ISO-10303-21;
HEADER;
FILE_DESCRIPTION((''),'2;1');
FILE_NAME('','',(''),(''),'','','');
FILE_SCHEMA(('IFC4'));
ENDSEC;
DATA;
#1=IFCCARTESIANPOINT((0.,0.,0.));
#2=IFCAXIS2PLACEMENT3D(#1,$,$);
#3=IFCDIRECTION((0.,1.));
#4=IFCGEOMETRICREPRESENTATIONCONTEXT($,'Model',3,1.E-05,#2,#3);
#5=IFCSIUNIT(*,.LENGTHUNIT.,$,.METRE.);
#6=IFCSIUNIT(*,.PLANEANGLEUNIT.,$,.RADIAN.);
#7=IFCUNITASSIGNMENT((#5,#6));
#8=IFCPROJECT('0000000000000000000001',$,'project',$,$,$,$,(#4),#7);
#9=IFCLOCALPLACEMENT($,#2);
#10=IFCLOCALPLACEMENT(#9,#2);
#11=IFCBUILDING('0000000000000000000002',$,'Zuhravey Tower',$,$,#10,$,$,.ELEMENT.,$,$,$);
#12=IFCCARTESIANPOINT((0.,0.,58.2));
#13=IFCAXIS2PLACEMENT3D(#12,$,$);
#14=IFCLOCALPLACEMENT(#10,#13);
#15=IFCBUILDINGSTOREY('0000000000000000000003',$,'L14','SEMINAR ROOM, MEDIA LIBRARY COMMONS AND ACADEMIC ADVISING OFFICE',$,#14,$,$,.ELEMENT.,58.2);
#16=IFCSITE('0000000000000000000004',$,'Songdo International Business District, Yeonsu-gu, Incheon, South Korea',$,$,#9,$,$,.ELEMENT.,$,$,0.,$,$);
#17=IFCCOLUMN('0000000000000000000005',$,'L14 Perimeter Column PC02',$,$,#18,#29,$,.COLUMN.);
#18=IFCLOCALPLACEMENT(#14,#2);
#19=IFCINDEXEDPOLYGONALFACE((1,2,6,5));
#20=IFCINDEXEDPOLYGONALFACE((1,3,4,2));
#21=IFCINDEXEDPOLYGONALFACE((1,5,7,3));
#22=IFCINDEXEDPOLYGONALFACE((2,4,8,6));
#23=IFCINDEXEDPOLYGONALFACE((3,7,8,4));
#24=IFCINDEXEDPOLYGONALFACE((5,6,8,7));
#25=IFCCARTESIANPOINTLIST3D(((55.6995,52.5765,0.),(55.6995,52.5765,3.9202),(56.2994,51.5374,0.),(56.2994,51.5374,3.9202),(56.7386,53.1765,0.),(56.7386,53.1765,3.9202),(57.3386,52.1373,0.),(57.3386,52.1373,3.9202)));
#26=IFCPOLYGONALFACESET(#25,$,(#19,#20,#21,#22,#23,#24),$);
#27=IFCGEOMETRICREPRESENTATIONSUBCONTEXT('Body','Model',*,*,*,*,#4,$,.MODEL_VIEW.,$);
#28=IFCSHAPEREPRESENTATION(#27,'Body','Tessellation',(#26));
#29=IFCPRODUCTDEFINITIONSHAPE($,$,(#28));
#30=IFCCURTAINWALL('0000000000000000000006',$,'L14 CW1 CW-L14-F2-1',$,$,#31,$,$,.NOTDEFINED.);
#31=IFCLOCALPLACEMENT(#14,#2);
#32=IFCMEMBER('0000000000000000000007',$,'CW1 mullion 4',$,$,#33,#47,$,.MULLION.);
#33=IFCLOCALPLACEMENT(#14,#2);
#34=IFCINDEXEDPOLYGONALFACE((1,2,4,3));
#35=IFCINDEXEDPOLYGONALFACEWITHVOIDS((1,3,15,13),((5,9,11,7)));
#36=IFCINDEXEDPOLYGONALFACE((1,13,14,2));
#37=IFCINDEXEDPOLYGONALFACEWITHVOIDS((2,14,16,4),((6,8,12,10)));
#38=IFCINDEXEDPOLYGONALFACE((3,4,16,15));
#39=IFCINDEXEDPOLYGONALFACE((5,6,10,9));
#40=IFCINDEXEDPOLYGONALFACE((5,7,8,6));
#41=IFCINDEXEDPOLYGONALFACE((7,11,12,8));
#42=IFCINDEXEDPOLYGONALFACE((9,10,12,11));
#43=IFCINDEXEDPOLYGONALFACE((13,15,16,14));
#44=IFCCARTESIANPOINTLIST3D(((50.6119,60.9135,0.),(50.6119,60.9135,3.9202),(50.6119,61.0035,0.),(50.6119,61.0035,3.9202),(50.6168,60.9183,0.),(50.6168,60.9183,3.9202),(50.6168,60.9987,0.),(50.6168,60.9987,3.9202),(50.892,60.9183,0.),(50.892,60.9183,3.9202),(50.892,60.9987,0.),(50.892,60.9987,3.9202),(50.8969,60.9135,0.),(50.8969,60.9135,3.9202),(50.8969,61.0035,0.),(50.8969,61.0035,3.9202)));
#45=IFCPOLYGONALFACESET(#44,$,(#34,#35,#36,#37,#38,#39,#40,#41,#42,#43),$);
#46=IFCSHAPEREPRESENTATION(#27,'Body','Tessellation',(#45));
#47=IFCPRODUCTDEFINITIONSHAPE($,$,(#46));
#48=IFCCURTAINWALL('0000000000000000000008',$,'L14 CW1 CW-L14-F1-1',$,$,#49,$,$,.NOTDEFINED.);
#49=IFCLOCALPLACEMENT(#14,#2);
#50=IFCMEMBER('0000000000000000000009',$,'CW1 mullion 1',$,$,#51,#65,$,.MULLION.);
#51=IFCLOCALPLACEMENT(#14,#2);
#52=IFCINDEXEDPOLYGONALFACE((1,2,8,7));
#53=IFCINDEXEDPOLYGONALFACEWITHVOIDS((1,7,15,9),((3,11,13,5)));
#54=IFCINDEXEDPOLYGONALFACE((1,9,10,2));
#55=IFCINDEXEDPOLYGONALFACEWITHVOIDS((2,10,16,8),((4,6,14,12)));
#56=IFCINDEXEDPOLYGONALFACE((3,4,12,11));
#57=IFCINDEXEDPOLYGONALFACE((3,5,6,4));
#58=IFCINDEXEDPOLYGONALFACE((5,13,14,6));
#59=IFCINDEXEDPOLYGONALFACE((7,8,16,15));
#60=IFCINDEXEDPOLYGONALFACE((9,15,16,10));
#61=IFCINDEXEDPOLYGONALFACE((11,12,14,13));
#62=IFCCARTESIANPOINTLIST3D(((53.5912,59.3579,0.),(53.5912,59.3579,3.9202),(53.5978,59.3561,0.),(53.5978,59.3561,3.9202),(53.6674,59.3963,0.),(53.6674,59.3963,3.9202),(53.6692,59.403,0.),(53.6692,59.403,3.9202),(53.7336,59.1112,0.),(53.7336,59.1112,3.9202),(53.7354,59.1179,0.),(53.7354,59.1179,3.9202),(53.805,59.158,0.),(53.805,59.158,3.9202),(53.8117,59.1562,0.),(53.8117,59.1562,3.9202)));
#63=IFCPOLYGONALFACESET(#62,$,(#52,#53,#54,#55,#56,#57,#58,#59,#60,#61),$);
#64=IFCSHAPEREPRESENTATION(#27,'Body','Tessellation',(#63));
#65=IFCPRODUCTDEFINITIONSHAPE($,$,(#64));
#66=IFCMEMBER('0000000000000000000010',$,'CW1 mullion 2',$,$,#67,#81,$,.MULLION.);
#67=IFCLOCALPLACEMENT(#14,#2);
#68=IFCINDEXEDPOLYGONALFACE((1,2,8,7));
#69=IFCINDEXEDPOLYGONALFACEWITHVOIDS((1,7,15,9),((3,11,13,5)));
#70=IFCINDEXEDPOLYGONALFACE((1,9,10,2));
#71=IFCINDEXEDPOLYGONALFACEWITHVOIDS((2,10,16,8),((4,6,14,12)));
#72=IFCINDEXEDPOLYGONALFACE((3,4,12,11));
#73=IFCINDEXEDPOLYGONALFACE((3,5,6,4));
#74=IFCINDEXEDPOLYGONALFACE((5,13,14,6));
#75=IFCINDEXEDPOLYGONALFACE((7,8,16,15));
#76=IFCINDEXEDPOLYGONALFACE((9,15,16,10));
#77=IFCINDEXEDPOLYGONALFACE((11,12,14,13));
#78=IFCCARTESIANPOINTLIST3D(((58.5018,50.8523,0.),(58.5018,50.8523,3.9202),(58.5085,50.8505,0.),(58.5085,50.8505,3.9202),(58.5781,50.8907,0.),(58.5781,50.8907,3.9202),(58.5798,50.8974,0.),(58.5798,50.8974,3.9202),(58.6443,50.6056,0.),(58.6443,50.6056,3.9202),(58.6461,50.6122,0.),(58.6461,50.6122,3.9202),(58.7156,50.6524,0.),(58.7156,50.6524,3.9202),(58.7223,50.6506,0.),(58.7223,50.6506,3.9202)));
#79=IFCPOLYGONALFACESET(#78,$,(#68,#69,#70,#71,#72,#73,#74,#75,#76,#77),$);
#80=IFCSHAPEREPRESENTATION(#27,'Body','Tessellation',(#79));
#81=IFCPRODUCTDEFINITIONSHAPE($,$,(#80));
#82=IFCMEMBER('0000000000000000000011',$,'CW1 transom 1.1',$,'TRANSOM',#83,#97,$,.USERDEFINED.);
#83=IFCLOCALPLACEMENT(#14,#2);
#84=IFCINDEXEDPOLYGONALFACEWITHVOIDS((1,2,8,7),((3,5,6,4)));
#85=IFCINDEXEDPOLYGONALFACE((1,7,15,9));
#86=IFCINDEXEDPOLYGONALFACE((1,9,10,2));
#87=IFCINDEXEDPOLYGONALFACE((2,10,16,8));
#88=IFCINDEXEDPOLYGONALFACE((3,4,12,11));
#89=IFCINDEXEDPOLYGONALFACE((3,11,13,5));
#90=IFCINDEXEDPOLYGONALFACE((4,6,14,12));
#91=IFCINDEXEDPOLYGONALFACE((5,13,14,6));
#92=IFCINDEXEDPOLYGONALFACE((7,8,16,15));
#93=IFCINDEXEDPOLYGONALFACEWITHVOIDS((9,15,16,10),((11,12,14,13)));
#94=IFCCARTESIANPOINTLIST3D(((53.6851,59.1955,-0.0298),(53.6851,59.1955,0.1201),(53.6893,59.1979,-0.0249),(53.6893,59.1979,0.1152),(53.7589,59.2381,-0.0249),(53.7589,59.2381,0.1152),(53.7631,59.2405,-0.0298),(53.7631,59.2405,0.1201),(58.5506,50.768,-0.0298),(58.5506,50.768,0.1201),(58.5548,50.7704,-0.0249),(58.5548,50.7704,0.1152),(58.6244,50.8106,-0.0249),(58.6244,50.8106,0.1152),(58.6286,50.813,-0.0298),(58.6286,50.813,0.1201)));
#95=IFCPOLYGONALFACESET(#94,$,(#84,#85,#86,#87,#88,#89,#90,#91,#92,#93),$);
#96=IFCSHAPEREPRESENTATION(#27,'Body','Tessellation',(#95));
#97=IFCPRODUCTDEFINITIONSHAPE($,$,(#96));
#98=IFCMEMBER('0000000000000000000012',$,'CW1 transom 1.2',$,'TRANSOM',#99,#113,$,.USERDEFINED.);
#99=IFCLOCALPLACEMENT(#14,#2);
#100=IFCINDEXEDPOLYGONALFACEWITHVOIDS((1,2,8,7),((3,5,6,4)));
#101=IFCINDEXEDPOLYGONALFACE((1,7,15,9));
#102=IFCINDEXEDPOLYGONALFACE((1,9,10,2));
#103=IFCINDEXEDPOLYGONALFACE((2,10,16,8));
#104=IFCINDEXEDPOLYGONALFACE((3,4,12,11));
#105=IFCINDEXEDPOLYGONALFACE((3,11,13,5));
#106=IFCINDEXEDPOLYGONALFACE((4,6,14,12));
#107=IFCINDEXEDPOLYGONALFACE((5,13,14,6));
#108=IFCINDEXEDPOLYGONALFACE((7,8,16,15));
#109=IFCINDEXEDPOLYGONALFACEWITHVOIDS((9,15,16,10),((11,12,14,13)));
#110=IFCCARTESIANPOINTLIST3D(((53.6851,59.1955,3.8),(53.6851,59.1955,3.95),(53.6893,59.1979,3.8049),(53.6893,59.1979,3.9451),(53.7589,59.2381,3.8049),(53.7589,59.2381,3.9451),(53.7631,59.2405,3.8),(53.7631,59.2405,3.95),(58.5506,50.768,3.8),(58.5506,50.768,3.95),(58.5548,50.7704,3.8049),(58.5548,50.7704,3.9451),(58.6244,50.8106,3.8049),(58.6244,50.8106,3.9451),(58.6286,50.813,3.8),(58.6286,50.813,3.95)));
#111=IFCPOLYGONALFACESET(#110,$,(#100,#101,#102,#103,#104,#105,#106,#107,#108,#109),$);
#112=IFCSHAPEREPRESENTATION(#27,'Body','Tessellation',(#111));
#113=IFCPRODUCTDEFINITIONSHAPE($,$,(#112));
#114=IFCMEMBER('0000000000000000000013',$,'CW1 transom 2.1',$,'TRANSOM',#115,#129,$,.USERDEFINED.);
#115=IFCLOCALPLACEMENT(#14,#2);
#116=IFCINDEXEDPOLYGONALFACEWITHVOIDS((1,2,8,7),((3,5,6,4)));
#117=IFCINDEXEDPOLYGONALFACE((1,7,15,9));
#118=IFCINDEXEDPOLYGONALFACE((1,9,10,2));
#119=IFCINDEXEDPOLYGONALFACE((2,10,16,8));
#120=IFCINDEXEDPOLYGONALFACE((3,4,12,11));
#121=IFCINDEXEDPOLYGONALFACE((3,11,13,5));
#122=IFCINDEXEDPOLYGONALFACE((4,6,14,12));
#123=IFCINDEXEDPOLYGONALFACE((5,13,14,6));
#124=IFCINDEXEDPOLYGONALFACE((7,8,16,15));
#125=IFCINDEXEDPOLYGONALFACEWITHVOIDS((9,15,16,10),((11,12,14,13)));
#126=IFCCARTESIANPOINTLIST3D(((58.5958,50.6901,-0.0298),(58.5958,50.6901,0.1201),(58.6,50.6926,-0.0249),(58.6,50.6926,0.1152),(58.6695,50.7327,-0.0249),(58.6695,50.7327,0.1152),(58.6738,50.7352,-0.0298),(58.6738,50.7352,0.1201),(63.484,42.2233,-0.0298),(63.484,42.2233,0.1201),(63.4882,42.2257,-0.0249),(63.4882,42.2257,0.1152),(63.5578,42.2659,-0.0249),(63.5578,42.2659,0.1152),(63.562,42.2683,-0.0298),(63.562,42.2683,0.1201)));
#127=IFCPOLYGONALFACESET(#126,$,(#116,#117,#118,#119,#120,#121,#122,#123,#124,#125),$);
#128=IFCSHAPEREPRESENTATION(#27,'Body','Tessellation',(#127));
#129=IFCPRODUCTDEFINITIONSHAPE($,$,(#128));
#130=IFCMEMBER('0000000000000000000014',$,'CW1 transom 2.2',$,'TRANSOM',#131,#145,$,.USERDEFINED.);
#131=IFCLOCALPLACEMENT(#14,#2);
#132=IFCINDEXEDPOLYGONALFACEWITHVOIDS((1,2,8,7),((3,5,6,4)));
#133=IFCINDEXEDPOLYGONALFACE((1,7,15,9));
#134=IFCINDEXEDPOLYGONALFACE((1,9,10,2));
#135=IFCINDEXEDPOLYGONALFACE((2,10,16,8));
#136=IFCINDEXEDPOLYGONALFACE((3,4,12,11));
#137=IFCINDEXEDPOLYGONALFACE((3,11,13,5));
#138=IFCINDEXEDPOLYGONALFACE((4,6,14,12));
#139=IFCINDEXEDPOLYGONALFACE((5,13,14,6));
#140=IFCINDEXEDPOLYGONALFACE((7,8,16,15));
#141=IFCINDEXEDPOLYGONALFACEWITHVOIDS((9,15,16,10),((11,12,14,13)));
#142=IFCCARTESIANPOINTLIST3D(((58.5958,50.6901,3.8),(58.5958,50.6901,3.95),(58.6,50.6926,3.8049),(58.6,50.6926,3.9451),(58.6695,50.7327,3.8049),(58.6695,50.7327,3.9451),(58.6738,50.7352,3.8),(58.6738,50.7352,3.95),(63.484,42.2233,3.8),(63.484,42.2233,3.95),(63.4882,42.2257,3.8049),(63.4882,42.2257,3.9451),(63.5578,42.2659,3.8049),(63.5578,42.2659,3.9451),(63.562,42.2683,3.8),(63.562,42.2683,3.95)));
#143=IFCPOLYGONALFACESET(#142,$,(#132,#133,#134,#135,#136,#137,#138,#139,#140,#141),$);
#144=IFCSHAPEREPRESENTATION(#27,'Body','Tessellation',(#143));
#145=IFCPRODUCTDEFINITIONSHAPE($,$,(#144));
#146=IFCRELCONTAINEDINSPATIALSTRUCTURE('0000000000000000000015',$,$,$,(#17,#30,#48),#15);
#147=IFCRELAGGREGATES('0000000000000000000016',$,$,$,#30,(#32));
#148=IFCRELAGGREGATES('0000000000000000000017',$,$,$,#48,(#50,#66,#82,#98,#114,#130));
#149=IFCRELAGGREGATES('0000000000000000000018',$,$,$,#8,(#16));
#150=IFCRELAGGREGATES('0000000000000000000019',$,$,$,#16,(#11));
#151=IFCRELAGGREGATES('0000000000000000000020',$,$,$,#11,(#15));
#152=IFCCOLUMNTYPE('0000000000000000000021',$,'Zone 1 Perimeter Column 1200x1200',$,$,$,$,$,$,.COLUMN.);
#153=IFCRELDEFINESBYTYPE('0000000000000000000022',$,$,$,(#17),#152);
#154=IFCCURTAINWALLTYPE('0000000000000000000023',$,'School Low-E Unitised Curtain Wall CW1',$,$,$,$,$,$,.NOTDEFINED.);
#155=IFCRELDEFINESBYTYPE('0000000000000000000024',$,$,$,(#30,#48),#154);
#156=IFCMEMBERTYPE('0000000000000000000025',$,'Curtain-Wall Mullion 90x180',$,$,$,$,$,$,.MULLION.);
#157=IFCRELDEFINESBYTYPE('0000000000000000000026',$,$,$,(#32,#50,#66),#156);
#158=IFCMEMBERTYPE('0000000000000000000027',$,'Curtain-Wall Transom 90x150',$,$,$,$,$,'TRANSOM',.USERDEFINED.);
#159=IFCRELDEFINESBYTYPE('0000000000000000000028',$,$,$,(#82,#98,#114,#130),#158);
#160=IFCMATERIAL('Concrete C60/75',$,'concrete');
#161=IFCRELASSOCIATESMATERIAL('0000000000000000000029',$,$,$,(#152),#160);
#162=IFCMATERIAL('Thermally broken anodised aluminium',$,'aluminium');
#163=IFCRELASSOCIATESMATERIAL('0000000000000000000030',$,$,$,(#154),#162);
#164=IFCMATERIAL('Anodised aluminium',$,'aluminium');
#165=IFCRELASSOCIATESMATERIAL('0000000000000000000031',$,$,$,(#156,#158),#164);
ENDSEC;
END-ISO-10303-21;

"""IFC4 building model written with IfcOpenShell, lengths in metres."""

from ifc_helpers import new_model, si_unit, direction, frame, origin, origin_2d, place, context, subcontext, project, spatial, rectangle, hollow_rectangle, extrude, material, material_profile, profile_set, type_object, element, aggregate, save


model = new_model("IFC4")

# Units and contexts
model_context = context("Model", 3, precision=1e-05, world=origin(), true_north=direction((0.0, 1.0)))
body_context = subcontext(model_context, "Body", "Model", "MODEL_VIEW")
ifc_project = project(units=[si_unit("LENGTHUNIT", "METRE"), si_unit("PLANEANGLEUNIT", "RADIAN")], contexts=[model_context])

# Site, building, storey
site_placement = place(None, origin())
site = spatial("IfcSite", under=ifc_project, at=site_placement, Name="Songdo International Business District, Yeonsu-gu, Incheon, South Korea", CompositionType="ELEMENT", RefElevation=0.0)
building_placement = place(site_placement, origin())
building = spatial("IfcBuilding", under=site, at=building_placement, Name="Zuhravey Tower", CompositionType="ELEMENT")
storey_placement = place(building_placement, frame((0.0, 0.0, 58.2)))
storey = spatial("IfcBuildingStorey", under=building, at=storey_placement, Name="L14", Description="SEMINAR ROOM, MEDIA LIBRARY COMMONS AND ACADEMIC ADVISING OFFICE", CompositionType="ELEMENT", Elevation=58.2)

# Column
ifc_material_1 = material(Name="Concrete C60/75", Category="concrete")
ifc_material_profile_1 = material_profile(ifc_material_1, rectangle(XDim=1.2, YDim=1.2, at=origin_2d()), Name="RC-1200x1200")
ifc_profile_set_1 = profile_set([ifc_material_profile_1], Name="Concrete C60/75")
column_type = type_object("IfcColumnType", Name="Zone 1 Perimeter Column 1200x1200", PredefinedType="COLUMN", material=ifc_profile_set_1)
column_placement = place(storey_placement, frame((56.519, 52.3569, 0.0), z_axis=(0.0, 0.0, 1.0), x_axis=(-0.5, 0.866025, 0.0)))
element("IfcColumn", 1, at=column_placement, inside=storey, type_object=column_type, Name="L14 Perimeter Column PC02", PredefinedType="COLUMN", context=body_context, shape_type="SweptSolid", body=[
    extrude(rectangle(XDim=1.2, YDim=1.2, at=origin_2d()), origin(), (0.0, 0.0, 1.0), 3.9202),
])

# Curtain wall, member
ifc_material_2 = material(Name="Thermally broken anodised aluminium", Category="aluminium")
curtain_wall_type = type_object("IfcCurtainWallType", Name="School Low-E Unitised Curtain Wall CW1", PredefinedType="NOTDEFINED", material=ifc_material_2)
curtain_wall_1_placement = place(storey_placement, origin())
curtain_wall_1 = element("IfcCurtainWall", 2, at=curtain_wall_1_placement, inside=storey, type_object=curtain_wall_type, Name="L14 CW1 CW-L14-F2-1", PredefinedType="NOTDEFINED")
ifc_material_3 = material(Name="Anodised aluminium", Category="aluminium")
ifc_material_profile_2 = material_profile(ifc_material_3, hollow_rectangle(XDim=0.0901, YDim=0.2849, WallThickness=0.0049, at=origin_2d()), Name="ALU-RHS-90x285x5")
ifc_profile_set_2 = profile_set([ifc_material_profile_2], Name="Anodised aluminium")
member_type_1 = type_object("IfcMemberType", Name="Curtain-Wall Mullion 90x180", PredefinedType="MULLION", material=ifc_profile_set_2)
member_1_placement = place(storey_placement, frame((50.7544, 60.9585, 0.0), z_axis=(0.0, 0.0, 1.0), x_axis=(0.0, 1.0, 0.0)))
member_1 = element("IfcMember", 3, at=member_1_placement, type_object=member_type_1, Name="CW1 mullion 4", PredefinedType="MULLION", context=body_context, shape_type="SweptSolid", body=[
    extrude(hollow_rectangle(XDim=0.0901, YDim=0.2849, WallThickness=0.0049, at=origin_2d()), origin(), (0.0, 0.0, 1.0), 3.9202),
])
aggregate(curtain_wall_1, [member_1])

# Curtain wall, members
curtain_wall_2_placement = place(storey_placement, origin())
curtain_wall_2 = element("IfcCurtainWall", 4, at=curtain_wall_2_placement, inside=storey, type_object=curtain_wall_type, Name="L14 CW1 CW-L14-F1-1", PredefinedType="NOTDEFINED")
member_2_placement = place(storey_placement, frame((53.7014, 59.2571, 0.0), z_axis=(0.0, 0.0, 1.0), x_axis=(0.866026, 0.5, 0.0)))
member_2 = element("IfcMember", 5, at=member_2_placement, type_object=member_type_1, Name="CW1 mullion 1", PredefinedType="MULLION", context=body_context, shape_type="SweptSolid", body=[
    extrude(hollow_rectangle(XDim=0.0901, YDim=0.2849, WallThickness=0.0049, at=origin_2d()), origin(), (0.0, 0.0, 1.0), 3.9202),
])
member_3_placement = place(storey_placement, frame((58.6121, 50.7515, 0.0), z_axis=(0.0, 0.0, 1.0), x_axis=(0.866026, 0.5, 0.0)))
member_3 = element("IfcMember", 6, at=member_3_placement, type_object=member_type_1, Name="CW1 mullion 2", PredefinedType="MULLION", context=body_context, shape_type="SweptSolid", body=[
    extrude(hollow_rectangle(XDim=0.0901, YDim=0.2849, WallThickness=0.0049, at=origin_2d()), origin(), (0.0, 0.0, 1.0), 3.9202),
])
ifc_material_profile_3 = material_profile(ifc_material_3, hollow_rectangle(XDim=0.0901, YDim=0.1499, WallThickness=0.0049, at=origin_2d()), Name="ALU-RHS-90x150x5")
ifc_profile_set_3 = profile_set([ifc_material_profile_3], Name="Anodised aluminium")
member_type_2 = type_object("IfcMemberType", Name="Curtain-Wall Transom 90x150", ElementType="TRANSOM", PredefinedType="USERDEFINED", material=ifc_profile_set_3)
member_4_placement = place(storey_placement, frame((53.7241, 59.218, 0.0452), z_axis=(0.49999, -0.866031, 0.0), x_axis=(0.866031, 0.49999, 0.0)))
member_4 = element("IfcMember", 7, at=member_4_placement, type_object=member_type_2, Name="CW1 transom 1.1", ObjectType="TRANSOM", PredefinedType="USERDEFINED", context=body_context, shape_type="SweptSolid", body=[
    extrude(hollow_rectangle(XDim=0.0901, YDim=0.1499, WallThickness=0.0049, at=origin_2d()), origin(), (0.0, 0.0, 1.0), 9.7312),
])
member_5_placement = place(storey_placement, frame((53.7241, 59.218, 3.875), z_axis=(0.49999, -0.866031, 0.0), x_axis=(0.866031, 0.49999, 0.0)))
member_5 = element("IfcMember", 8, at=member_5_placement, type_object=member_type_2, Name="CW1 transom 1.2", ObjectType="TRANSOM", PredefinedType="USERDEFINED", context=body_context, shape_type="SweptSolid", body=[
    extrude(hollow_rectangle(XDim=0.0901, YDim=0.1499, WallThickness=0.0049, at=origin_2d()), origin(), (0.0, 0.0, 1.0), 9.7312),
])
member_6_placement = place(storey_placement, frame((58.6348, 50.7126, 0.0452), z_axis=(0.49999, -0.866031, 0.0), x_axis=(0.866031, 0.49999, 0.0)))
member_6 = element("IfcMember", 9, at=member_6_placement, type_object=member_type_2, Name="CW1 transom 2.1", ObjectType="TRANSOM", PredefinedType="USERDEFINED", context=body_context, shape_type="SweptSolid", body=[
    extrude(hollow_rectangle(XDim=0.0901, YDim=0.1499, WallThickness=0.0049, at=origin_2d()), origin(), (0.0, 0.0, 1.0), 9.7766),
])
member_7_placement = place(storey_placement, frame((58.6348, 50.7126, 3.875), z_axis=(0.49999, -0.866031, 0.0), x_axis=(0.866031, 0.49999, 0.0)))
member_7 = element("IfcMember", 10, at=member_7_placement, type_object=member_type_2, Name="CW1 transom 2.2", ObjectType="TRANSOM", PredefinedType="USERDEFINED", context=body_context, shape_type="SweptSolid", body=[
    extrude(hollow_rectangle(XDim=0.0901, YDim=0.1499, WallThickness=0.0049, at=origin_2d()), origin(), (0.0, 0.0, 1.0), 9.7766),
])

aggregate(curtain_wall_2, [member_2, member_3, member_4, member_5, member_6, member_7])

save(model, "model.ifc")
